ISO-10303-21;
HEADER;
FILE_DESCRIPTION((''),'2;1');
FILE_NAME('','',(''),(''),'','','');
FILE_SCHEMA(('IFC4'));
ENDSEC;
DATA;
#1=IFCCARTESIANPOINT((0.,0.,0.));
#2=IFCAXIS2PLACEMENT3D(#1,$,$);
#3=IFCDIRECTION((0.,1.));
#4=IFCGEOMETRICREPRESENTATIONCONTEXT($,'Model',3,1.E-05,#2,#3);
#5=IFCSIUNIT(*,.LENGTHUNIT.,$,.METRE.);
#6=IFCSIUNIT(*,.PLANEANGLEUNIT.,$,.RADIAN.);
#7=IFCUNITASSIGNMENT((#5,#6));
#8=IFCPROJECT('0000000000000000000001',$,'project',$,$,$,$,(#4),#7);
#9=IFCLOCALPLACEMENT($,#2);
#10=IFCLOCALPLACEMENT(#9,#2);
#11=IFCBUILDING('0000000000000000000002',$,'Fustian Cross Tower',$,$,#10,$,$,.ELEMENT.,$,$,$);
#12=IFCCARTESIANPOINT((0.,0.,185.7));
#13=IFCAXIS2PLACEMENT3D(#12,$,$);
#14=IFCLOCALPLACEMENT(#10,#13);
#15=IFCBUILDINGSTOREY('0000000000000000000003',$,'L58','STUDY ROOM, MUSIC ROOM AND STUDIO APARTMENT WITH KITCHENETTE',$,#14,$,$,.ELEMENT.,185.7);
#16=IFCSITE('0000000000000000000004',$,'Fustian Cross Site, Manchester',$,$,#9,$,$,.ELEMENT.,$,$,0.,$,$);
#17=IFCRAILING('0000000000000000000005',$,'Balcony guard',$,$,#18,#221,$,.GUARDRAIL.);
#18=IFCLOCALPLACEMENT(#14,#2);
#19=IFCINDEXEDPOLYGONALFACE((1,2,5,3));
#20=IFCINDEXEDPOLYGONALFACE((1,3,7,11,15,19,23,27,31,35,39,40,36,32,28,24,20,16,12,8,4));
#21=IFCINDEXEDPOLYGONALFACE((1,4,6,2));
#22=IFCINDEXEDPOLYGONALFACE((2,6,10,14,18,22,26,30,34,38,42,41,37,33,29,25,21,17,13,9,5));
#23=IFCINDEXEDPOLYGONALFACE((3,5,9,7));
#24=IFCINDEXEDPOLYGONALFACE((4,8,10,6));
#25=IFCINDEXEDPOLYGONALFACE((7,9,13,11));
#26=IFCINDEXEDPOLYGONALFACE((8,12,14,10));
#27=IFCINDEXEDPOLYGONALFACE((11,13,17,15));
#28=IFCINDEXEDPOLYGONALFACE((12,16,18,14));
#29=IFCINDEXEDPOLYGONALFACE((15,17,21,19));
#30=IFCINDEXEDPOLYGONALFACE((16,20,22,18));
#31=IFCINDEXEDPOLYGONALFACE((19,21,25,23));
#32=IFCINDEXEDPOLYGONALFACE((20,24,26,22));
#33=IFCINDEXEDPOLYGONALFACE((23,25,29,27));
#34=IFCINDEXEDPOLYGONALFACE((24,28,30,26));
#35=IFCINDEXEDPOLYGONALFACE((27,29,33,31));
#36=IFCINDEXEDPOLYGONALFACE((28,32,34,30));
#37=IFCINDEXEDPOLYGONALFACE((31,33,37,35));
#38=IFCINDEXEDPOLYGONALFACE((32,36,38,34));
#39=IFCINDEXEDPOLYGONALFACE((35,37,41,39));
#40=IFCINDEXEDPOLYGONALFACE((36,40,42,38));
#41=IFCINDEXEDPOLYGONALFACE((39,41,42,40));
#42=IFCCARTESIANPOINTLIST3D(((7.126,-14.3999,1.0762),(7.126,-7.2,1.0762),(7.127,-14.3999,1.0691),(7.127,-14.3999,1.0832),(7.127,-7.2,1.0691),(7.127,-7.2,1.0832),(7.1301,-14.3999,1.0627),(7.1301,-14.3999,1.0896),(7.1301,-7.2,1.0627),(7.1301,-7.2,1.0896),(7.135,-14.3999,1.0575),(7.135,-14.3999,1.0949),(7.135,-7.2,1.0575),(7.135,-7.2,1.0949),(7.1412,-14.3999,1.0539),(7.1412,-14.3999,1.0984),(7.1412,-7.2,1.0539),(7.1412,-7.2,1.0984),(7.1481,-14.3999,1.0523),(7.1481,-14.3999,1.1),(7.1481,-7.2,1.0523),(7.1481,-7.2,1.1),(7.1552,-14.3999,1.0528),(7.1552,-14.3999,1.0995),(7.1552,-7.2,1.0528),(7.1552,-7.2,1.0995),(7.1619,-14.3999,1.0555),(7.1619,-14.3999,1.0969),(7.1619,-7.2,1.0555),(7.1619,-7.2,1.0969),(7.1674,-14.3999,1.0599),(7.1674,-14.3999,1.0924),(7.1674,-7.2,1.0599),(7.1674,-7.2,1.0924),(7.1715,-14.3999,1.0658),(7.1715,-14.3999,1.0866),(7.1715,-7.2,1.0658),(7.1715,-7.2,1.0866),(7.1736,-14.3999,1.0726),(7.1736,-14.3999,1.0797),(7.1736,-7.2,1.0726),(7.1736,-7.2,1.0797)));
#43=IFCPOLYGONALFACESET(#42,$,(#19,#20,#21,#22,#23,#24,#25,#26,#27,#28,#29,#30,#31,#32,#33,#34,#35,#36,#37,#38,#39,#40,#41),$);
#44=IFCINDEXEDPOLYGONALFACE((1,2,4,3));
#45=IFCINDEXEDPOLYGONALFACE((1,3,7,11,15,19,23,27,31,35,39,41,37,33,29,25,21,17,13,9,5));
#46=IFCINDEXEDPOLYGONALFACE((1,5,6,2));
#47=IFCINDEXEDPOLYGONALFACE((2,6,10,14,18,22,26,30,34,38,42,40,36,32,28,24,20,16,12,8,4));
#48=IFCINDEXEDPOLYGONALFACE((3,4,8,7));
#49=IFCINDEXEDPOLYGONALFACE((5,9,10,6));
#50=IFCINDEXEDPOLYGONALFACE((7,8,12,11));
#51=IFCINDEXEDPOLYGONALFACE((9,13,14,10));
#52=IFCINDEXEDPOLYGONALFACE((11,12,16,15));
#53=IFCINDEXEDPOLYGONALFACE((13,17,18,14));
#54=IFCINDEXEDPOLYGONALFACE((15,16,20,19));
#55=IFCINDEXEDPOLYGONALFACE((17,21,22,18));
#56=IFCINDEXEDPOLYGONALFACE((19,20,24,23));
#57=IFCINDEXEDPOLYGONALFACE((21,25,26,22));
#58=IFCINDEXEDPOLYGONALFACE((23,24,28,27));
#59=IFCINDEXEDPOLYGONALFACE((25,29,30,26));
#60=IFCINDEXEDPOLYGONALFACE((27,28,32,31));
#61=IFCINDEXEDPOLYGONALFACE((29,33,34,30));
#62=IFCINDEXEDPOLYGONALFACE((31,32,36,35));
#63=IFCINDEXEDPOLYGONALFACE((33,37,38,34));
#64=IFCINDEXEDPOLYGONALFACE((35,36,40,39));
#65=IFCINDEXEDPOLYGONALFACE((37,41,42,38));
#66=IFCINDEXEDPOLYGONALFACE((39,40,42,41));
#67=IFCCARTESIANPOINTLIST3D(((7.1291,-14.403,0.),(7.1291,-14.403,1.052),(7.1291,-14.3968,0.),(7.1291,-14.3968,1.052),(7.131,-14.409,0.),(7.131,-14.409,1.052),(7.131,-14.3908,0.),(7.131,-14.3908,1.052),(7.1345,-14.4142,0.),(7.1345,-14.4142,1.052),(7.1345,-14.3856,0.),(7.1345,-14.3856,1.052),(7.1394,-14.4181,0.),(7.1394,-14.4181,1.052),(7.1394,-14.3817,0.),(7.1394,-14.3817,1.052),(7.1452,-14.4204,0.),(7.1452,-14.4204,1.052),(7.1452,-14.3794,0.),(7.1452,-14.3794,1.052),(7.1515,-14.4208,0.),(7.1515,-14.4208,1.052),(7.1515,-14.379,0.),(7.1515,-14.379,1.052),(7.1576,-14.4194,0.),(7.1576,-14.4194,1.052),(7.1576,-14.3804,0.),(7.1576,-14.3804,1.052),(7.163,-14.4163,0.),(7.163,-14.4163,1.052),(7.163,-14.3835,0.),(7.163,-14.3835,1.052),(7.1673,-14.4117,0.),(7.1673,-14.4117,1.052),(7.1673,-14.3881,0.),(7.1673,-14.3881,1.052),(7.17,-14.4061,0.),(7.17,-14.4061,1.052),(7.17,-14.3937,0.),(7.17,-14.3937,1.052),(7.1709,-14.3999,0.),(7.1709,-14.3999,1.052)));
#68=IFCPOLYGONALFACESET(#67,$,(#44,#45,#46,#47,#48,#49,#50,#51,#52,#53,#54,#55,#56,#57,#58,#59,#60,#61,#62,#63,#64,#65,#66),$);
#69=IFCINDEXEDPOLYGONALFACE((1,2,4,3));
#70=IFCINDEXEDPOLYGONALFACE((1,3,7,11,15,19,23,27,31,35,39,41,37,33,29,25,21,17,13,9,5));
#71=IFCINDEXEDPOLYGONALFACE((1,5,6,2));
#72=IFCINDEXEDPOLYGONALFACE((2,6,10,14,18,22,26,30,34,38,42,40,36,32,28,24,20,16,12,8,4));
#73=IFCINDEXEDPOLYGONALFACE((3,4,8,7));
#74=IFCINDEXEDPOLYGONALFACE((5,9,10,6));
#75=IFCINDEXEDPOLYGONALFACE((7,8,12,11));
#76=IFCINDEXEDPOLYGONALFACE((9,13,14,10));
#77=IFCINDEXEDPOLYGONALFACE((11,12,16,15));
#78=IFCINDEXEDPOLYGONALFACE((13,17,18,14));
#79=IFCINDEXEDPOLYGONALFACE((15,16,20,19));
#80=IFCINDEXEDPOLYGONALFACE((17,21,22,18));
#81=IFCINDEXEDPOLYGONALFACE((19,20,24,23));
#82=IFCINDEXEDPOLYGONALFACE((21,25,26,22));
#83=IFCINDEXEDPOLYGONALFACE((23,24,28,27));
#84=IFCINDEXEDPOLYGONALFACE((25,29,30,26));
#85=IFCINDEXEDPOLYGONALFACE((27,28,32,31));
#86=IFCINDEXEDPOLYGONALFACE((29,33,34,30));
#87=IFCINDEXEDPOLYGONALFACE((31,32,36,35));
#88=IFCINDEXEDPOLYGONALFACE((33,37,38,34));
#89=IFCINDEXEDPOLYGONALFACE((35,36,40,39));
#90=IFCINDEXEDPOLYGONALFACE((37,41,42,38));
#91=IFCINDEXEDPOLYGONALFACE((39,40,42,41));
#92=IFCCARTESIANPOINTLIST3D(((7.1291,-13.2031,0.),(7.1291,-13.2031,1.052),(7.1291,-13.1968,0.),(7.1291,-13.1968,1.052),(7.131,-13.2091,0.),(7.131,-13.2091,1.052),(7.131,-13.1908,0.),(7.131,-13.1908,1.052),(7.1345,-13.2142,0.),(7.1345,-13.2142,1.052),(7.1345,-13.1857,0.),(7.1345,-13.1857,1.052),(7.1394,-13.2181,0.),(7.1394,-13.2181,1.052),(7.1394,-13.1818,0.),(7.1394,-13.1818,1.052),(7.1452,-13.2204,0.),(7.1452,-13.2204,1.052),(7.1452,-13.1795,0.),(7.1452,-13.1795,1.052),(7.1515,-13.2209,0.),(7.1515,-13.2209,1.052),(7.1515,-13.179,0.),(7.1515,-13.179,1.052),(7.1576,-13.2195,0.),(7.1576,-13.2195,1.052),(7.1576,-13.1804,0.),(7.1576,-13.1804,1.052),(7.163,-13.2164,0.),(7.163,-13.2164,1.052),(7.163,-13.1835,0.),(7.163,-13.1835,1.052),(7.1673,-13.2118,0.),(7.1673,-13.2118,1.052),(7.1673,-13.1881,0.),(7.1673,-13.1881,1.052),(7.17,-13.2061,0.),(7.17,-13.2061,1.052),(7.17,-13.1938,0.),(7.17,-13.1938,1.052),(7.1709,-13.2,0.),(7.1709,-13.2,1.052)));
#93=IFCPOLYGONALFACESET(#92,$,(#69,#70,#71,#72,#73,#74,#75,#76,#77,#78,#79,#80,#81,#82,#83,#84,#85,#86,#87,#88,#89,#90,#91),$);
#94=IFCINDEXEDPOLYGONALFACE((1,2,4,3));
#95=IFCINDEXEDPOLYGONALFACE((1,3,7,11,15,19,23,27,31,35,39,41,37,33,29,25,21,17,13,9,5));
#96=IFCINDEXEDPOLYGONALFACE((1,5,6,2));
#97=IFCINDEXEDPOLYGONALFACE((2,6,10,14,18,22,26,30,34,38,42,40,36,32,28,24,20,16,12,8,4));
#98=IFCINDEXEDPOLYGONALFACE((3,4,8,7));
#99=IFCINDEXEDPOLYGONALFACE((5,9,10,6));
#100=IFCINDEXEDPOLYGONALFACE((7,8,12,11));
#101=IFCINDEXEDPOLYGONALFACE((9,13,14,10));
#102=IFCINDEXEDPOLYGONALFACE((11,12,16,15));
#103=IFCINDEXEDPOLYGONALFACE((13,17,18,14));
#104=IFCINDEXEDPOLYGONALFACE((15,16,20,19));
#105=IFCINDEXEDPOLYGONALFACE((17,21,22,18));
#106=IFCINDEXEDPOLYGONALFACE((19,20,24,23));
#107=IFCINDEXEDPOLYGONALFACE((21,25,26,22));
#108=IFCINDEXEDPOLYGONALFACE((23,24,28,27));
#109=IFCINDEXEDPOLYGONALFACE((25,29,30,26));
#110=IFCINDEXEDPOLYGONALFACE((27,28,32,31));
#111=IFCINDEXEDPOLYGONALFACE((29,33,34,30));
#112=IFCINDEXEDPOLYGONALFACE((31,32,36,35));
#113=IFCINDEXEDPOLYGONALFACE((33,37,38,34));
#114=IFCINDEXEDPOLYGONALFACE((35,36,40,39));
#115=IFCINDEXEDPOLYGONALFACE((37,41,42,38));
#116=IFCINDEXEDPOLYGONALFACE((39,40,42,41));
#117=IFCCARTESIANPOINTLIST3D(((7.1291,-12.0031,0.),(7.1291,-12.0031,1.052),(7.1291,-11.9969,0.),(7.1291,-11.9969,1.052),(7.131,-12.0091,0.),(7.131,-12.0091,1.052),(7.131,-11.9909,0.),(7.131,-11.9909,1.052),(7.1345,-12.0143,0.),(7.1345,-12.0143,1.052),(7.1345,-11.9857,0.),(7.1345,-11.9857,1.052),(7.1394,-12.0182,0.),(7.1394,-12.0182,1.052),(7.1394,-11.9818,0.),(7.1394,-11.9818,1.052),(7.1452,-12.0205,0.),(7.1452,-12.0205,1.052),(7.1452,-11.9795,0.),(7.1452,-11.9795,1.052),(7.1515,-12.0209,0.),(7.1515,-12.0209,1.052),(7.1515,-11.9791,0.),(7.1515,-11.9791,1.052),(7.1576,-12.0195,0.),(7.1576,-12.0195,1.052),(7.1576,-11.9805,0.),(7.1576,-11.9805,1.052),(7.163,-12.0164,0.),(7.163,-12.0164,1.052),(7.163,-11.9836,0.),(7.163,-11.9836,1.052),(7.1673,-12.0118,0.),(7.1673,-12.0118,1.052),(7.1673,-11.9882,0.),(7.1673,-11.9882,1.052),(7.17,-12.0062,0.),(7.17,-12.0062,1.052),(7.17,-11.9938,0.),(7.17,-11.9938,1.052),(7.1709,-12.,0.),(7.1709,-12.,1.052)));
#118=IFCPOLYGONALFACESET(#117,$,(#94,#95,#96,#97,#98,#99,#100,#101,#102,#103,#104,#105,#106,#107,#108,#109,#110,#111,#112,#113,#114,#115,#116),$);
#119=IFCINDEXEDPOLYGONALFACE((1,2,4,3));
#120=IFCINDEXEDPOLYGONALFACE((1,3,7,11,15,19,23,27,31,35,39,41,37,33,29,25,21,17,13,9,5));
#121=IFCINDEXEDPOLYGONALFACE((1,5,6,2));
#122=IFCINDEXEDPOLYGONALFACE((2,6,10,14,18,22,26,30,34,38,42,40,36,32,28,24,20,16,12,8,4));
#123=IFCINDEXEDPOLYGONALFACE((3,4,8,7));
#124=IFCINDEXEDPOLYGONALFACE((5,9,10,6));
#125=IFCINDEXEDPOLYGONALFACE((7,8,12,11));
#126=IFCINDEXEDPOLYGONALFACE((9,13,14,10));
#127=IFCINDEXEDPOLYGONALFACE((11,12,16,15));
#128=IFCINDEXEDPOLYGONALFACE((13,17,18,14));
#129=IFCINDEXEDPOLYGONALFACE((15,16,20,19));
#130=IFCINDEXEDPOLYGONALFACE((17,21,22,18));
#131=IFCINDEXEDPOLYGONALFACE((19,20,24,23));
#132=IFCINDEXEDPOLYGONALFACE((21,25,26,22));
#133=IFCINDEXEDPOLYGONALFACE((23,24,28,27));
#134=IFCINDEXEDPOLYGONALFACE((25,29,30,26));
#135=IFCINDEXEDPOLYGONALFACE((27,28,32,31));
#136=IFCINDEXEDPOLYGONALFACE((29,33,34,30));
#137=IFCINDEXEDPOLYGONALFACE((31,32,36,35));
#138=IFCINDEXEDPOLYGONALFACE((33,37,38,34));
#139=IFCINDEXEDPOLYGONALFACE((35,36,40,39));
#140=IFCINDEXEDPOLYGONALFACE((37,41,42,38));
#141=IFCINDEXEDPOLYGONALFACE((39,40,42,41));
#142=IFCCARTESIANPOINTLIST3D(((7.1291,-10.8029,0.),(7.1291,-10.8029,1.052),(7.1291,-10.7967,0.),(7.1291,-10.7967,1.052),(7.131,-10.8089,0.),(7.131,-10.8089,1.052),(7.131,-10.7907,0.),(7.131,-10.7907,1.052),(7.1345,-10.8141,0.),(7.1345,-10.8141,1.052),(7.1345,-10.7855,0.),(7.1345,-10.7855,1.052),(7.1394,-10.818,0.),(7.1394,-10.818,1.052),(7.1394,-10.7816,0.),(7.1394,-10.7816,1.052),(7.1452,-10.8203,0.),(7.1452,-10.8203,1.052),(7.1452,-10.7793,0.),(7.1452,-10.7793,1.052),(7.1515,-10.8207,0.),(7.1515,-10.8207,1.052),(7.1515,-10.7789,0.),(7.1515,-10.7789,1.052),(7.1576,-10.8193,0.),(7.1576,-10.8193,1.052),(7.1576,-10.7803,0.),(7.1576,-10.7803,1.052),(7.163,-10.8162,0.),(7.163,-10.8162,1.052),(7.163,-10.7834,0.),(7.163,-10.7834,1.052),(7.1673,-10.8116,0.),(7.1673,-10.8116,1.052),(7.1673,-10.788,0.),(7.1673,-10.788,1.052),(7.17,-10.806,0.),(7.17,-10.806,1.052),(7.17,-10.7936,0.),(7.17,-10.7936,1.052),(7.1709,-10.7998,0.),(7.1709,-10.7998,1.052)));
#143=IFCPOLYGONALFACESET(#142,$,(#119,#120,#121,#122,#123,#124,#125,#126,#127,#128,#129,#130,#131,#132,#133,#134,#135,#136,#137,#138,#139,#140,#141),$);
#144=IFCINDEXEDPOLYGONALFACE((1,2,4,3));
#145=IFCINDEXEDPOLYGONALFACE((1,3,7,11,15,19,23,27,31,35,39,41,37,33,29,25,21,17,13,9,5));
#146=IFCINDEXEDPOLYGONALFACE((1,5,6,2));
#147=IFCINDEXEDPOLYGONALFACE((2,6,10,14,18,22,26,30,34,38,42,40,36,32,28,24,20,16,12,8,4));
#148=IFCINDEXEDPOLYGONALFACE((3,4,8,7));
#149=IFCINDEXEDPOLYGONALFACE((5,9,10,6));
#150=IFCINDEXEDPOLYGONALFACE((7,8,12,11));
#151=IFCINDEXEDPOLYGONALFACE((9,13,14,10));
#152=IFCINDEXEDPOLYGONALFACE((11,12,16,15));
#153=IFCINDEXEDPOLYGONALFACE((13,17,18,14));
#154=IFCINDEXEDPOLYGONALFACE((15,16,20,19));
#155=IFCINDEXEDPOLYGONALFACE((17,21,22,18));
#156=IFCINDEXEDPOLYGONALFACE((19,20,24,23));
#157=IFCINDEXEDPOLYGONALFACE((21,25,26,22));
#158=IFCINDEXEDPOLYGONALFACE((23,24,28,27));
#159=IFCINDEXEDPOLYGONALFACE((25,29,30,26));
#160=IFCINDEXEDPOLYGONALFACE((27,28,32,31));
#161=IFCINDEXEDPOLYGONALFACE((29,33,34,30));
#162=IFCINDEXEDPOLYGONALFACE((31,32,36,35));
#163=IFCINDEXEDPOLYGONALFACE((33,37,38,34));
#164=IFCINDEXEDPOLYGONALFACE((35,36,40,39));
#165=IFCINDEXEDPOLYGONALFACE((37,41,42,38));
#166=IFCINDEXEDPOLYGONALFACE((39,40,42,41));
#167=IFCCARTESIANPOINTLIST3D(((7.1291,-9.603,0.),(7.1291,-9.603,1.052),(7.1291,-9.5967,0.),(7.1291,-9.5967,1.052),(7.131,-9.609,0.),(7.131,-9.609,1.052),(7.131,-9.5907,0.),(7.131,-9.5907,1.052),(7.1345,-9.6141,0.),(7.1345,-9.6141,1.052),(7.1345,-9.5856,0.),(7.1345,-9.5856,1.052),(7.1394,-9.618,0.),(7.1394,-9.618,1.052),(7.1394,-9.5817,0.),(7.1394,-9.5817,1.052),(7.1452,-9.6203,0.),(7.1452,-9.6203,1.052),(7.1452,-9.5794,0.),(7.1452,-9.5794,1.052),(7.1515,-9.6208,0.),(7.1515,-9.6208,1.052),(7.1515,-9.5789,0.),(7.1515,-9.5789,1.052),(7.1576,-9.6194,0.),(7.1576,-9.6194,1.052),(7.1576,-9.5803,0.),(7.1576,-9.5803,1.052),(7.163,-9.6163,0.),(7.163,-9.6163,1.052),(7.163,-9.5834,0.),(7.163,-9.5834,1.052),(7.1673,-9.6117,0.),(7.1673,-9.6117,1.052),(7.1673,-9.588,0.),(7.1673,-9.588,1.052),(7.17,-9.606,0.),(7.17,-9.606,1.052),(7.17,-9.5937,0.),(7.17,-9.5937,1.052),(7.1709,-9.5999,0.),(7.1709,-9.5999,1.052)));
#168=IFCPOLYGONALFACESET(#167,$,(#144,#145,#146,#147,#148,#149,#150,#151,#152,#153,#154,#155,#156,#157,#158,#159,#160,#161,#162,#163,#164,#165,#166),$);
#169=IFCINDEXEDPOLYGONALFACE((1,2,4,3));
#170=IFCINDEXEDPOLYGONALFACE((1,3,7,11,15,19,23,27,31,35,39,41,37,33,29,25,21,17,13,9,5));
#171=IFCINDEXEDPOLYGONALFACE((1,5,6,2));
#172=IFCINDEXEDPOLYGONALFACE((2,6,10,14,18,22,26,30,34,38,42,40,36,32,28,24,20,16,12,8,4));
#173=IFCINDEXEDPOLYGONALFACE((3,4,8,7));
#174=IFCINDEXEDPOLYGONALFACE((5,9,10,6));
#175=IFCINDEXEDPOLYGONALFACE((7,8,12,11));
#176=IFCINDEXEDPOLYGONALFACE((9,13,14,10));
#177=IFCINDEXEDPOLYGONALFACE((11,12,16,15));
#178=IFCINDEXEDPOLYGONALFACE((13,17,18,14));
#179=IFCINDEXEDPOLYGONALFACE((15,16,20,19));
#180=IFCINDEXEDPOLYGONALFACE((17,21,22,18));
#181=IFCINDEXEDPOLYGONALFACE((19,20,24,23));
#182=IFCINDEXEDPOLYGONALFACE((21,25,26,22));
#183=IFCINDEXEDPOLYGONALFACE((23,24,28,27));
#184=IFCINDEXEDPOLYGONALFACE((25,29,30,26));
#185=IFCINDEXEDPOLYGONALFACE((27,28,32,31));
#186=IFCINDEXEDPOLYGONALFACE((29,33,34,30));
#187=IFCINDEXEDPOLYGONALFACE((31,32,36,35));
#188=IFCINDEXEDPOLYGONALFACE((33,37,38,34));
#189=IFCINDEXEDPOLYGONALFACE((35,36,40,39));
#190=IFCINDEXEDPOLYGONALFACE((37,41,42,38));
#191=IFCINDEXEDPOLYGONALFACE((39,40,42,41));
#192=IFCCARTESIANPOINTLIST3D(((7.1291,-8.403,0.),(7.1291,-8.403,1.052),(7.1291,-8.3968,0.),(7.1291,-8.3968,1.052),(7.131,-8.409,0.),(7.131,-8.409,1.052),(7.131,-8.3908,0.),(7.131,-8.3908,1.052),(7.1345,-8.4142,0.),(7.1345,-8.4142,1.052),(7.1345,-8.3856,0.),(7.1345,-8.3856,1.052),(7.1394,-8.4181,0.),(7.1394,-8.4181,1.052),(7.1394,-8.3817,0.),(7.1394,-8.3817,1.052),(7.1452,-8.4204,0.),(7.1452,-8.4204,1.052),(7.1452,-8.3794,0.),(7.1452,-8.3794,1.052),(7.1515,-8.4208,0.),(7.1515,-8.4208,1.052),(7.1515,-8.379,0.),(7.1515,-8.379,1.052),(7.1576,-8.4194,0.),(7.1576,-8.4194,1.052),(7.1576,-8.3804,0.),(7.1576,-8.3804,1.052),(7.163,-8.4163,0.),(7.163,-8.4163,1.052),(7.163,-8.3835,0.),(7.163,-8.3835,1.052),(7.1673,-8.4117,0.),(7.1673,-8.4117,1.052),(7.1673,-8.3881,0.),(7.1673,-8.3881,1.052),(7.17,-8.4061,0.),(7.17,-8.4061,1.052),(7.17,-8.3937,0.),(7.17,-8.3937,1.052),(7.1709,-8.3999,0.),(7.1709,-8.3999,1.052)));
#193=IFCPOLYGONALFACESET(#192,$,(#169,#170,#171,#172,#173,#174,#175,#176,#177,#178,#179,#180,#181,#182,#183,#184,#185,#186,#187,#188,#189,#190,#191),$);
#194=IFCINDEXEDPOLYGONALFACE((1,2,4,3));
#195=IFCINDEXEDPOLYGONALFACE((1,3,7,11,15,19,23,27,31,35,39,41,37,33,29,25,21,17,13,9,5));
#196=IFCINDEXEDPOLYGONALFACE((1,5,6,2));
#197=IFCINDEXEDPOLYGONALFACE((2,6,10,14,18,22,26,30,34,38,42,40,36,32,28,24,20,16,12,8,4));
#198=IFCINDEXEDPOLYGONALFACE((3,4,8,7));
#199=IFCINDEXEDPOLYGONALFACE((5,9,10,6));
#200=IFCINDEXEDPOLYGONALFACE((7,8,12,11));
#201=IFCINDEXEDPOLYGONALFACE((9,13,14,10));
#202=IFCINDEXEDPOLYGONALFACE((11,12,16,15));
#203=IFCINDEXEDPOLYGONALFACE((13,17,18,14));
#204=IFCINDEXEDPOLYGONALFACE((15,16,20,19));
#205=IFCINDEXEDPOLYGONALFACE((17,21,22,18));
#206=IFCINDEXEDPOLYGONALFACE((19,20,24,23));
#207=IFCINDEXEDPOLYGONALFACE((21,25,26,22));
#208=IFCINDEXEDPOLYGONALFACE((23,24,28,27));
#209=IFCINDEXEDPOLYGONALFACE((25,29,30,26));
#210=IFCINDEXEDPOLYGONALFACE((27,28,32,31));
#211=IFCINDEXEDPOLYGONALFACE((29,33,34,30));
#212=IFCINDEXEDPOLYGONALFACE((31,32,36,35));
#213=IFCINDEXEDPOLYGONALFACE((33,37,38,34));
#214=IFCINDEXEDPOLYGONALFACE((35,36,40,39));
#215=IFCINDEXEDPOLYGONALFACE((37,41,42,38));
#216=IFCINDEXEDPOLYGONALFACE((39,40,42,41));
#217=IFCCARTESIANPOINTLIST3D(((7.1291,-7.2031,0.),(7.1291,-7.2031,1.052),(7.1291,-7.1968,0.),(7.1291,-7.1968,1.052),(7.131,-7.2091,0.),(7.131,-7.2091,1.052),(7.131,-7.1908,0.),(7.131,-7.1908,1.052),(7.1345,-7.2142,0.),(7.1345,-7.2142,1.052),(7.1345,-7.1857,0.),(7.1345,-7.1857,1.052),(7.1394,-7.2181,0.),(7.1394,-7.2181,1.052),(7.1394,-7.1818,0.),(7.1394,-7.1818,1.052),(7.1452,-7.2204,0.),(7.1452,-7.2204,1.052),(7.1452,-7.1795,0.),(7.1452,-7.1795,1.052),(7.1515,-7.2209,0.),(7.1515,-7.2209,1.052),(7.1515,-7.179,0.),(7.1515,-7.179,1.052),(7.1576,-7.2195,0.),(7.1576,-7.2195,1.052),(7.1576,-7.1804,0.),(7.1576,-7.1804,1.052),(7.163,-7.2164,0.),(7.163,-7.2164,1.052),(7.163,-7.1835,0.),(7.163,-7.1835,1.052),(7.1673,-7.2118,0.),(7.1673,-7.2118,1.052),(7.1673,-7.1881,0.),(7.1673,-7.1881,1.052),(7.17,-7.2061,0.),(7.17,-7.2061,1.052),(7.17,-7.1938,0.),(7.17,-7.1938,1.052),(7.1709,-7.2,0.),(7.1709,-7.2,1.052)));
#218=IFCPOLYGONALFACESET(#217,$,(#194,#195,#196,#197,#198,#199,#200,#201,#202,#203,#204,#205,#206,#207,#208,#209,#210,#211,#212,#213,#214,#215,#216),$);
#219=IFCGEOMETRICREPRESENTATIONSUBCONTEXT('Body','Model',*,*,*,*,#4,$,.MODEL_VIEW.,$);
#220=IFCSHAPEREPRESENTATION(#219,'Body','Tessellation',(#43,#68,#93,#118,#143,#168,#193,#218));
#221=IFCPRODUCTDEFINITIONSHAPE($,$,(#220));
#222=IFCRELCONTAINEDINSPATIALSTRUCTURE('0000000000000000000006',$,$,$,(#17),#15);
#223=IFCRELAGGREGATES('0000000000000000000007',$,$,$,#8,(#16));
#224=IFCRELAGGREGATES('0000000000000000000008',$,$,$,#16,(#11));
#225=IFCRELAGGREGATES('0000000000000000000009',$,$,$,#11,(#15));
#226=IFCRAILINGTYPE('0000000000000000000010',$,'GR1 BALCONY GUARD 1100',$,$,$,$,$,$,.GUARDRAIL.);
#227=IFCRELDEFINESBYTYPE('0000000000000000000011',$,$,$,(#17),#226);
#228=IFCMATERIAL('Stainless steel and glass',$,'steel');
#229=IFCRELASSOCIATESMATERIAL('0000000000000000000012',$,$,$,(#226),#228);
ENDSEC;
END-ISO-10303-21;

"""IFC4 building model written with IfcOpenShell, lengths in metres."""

from ifc_helpers import new_model, si_unit, direction, frame, origin, origin_2d, place, context, subcontext, project, spatial, circle, extrude, material, type_object, element, save


model = new_model("IFC4")

# Units and contexts
model_context = context("Model", 3, precision=1e-05, world=origin(), true_north=direction((0.0, 1.0)))
body_context = subcontext(model_context, "Body", "Model", "MODEL_VIEW")
ifc_project = project(units=[si_unit("LENGTHUNIT", "METRE"), si_unit("PLANEANGLEUNIT", "RADIAN")], contexts=[model_context])

# Site, building, storey
site_placement = place(None, origin())
site = spatial("IfcSite", under=ifc_project, at=site_placement, Name="Fustian Cross Site, Manchester", CompositionType="ELEMENT", RefElevation=0.0)
building_placement = place(site_placement, origin())
building = spatial("IfcBuilding", under=site, at=building_placement, Name="Fustian Cross Tower", CompositionType="ELEMENT")
storey_placement = place(building_placement, frame((0.0, 0.0, 185.7)))
storey = spatial("IfcBuildingStorey", under=building, at=storey_placement, Name="L58", Description="STUDY ROOM, MUSIC ROOM AND STUDIO APARTMENT WITH KITCHENETTE", CompositionType="ELEMENT", Elevation=185.7)

# Railing
ifc_material_1 = material(Name="Stainless steel and glass", Category="steel")
railing_type_1 = type_object("IfcRailingType", Name="GR1 BALCONY GUARD 1100", PredefinedType="GUARDRAIL", material=ifc_material_1)
railing_1_placement = place(storey_placement, frame((7.1499, -14.3999, 0.0)))
element("IfcRailing", 1, at=railing_1_placement, inside=storey, type_object=railing_type_1, Name="Balcony guard", PredefinedType="GUARDRAIL", context=body_context, shape_type="SweptSolid", body=[
    extrude(circle(Radius=0.0239, at=origin_2d()), frame((0.0, 0.0, 1.0762), z_axis=(0.0, 1.0, 0.0), x_axis=(-1.0, 0.0, 0.0)), (0.0, 0.0, 1.0), 7.2),
    extrude(circle(Radius=0.021, at=origin_2d()), origin(), (0.0, 0.0, 1.0), 1.052),
    extrude(circle(Radius=0.021, at=origin_2d()), frame((0.0, 1.2, 0.0)), (0.0, 0.0, 1.0), 1.052),
    extrude(circle(Radius=0.021, at=origin_2d()), frame((0.0, 2.3999, 0.0)), (0.0, 0.0, 1.0), 1.052),
    extrude(circle(Radius=0.021, at=origin_2d()), frame((0.0, 3.6001, 0.0)), (0.0, 0.0, 1.0), 1.052),
    extrude(circle(Radius=0.021, at=origin_2d()), frame((0.0, 4.8, 0.0)), (0.0, 0.0, 1.0), 1.052),
    extrude(circle(Radius=0.021, at=origin_2d()), frame((0.0, 6.0, 0.0)), (0.0, 0.0, 1.0), 1.052),
    extrude(circle(Radius=0.021, at=origin_2d()), frame((0.0, 7.2, 0.0)), (0.0, 0.0, 1.0), 1.052),
])

save(model, "model.ifc")
